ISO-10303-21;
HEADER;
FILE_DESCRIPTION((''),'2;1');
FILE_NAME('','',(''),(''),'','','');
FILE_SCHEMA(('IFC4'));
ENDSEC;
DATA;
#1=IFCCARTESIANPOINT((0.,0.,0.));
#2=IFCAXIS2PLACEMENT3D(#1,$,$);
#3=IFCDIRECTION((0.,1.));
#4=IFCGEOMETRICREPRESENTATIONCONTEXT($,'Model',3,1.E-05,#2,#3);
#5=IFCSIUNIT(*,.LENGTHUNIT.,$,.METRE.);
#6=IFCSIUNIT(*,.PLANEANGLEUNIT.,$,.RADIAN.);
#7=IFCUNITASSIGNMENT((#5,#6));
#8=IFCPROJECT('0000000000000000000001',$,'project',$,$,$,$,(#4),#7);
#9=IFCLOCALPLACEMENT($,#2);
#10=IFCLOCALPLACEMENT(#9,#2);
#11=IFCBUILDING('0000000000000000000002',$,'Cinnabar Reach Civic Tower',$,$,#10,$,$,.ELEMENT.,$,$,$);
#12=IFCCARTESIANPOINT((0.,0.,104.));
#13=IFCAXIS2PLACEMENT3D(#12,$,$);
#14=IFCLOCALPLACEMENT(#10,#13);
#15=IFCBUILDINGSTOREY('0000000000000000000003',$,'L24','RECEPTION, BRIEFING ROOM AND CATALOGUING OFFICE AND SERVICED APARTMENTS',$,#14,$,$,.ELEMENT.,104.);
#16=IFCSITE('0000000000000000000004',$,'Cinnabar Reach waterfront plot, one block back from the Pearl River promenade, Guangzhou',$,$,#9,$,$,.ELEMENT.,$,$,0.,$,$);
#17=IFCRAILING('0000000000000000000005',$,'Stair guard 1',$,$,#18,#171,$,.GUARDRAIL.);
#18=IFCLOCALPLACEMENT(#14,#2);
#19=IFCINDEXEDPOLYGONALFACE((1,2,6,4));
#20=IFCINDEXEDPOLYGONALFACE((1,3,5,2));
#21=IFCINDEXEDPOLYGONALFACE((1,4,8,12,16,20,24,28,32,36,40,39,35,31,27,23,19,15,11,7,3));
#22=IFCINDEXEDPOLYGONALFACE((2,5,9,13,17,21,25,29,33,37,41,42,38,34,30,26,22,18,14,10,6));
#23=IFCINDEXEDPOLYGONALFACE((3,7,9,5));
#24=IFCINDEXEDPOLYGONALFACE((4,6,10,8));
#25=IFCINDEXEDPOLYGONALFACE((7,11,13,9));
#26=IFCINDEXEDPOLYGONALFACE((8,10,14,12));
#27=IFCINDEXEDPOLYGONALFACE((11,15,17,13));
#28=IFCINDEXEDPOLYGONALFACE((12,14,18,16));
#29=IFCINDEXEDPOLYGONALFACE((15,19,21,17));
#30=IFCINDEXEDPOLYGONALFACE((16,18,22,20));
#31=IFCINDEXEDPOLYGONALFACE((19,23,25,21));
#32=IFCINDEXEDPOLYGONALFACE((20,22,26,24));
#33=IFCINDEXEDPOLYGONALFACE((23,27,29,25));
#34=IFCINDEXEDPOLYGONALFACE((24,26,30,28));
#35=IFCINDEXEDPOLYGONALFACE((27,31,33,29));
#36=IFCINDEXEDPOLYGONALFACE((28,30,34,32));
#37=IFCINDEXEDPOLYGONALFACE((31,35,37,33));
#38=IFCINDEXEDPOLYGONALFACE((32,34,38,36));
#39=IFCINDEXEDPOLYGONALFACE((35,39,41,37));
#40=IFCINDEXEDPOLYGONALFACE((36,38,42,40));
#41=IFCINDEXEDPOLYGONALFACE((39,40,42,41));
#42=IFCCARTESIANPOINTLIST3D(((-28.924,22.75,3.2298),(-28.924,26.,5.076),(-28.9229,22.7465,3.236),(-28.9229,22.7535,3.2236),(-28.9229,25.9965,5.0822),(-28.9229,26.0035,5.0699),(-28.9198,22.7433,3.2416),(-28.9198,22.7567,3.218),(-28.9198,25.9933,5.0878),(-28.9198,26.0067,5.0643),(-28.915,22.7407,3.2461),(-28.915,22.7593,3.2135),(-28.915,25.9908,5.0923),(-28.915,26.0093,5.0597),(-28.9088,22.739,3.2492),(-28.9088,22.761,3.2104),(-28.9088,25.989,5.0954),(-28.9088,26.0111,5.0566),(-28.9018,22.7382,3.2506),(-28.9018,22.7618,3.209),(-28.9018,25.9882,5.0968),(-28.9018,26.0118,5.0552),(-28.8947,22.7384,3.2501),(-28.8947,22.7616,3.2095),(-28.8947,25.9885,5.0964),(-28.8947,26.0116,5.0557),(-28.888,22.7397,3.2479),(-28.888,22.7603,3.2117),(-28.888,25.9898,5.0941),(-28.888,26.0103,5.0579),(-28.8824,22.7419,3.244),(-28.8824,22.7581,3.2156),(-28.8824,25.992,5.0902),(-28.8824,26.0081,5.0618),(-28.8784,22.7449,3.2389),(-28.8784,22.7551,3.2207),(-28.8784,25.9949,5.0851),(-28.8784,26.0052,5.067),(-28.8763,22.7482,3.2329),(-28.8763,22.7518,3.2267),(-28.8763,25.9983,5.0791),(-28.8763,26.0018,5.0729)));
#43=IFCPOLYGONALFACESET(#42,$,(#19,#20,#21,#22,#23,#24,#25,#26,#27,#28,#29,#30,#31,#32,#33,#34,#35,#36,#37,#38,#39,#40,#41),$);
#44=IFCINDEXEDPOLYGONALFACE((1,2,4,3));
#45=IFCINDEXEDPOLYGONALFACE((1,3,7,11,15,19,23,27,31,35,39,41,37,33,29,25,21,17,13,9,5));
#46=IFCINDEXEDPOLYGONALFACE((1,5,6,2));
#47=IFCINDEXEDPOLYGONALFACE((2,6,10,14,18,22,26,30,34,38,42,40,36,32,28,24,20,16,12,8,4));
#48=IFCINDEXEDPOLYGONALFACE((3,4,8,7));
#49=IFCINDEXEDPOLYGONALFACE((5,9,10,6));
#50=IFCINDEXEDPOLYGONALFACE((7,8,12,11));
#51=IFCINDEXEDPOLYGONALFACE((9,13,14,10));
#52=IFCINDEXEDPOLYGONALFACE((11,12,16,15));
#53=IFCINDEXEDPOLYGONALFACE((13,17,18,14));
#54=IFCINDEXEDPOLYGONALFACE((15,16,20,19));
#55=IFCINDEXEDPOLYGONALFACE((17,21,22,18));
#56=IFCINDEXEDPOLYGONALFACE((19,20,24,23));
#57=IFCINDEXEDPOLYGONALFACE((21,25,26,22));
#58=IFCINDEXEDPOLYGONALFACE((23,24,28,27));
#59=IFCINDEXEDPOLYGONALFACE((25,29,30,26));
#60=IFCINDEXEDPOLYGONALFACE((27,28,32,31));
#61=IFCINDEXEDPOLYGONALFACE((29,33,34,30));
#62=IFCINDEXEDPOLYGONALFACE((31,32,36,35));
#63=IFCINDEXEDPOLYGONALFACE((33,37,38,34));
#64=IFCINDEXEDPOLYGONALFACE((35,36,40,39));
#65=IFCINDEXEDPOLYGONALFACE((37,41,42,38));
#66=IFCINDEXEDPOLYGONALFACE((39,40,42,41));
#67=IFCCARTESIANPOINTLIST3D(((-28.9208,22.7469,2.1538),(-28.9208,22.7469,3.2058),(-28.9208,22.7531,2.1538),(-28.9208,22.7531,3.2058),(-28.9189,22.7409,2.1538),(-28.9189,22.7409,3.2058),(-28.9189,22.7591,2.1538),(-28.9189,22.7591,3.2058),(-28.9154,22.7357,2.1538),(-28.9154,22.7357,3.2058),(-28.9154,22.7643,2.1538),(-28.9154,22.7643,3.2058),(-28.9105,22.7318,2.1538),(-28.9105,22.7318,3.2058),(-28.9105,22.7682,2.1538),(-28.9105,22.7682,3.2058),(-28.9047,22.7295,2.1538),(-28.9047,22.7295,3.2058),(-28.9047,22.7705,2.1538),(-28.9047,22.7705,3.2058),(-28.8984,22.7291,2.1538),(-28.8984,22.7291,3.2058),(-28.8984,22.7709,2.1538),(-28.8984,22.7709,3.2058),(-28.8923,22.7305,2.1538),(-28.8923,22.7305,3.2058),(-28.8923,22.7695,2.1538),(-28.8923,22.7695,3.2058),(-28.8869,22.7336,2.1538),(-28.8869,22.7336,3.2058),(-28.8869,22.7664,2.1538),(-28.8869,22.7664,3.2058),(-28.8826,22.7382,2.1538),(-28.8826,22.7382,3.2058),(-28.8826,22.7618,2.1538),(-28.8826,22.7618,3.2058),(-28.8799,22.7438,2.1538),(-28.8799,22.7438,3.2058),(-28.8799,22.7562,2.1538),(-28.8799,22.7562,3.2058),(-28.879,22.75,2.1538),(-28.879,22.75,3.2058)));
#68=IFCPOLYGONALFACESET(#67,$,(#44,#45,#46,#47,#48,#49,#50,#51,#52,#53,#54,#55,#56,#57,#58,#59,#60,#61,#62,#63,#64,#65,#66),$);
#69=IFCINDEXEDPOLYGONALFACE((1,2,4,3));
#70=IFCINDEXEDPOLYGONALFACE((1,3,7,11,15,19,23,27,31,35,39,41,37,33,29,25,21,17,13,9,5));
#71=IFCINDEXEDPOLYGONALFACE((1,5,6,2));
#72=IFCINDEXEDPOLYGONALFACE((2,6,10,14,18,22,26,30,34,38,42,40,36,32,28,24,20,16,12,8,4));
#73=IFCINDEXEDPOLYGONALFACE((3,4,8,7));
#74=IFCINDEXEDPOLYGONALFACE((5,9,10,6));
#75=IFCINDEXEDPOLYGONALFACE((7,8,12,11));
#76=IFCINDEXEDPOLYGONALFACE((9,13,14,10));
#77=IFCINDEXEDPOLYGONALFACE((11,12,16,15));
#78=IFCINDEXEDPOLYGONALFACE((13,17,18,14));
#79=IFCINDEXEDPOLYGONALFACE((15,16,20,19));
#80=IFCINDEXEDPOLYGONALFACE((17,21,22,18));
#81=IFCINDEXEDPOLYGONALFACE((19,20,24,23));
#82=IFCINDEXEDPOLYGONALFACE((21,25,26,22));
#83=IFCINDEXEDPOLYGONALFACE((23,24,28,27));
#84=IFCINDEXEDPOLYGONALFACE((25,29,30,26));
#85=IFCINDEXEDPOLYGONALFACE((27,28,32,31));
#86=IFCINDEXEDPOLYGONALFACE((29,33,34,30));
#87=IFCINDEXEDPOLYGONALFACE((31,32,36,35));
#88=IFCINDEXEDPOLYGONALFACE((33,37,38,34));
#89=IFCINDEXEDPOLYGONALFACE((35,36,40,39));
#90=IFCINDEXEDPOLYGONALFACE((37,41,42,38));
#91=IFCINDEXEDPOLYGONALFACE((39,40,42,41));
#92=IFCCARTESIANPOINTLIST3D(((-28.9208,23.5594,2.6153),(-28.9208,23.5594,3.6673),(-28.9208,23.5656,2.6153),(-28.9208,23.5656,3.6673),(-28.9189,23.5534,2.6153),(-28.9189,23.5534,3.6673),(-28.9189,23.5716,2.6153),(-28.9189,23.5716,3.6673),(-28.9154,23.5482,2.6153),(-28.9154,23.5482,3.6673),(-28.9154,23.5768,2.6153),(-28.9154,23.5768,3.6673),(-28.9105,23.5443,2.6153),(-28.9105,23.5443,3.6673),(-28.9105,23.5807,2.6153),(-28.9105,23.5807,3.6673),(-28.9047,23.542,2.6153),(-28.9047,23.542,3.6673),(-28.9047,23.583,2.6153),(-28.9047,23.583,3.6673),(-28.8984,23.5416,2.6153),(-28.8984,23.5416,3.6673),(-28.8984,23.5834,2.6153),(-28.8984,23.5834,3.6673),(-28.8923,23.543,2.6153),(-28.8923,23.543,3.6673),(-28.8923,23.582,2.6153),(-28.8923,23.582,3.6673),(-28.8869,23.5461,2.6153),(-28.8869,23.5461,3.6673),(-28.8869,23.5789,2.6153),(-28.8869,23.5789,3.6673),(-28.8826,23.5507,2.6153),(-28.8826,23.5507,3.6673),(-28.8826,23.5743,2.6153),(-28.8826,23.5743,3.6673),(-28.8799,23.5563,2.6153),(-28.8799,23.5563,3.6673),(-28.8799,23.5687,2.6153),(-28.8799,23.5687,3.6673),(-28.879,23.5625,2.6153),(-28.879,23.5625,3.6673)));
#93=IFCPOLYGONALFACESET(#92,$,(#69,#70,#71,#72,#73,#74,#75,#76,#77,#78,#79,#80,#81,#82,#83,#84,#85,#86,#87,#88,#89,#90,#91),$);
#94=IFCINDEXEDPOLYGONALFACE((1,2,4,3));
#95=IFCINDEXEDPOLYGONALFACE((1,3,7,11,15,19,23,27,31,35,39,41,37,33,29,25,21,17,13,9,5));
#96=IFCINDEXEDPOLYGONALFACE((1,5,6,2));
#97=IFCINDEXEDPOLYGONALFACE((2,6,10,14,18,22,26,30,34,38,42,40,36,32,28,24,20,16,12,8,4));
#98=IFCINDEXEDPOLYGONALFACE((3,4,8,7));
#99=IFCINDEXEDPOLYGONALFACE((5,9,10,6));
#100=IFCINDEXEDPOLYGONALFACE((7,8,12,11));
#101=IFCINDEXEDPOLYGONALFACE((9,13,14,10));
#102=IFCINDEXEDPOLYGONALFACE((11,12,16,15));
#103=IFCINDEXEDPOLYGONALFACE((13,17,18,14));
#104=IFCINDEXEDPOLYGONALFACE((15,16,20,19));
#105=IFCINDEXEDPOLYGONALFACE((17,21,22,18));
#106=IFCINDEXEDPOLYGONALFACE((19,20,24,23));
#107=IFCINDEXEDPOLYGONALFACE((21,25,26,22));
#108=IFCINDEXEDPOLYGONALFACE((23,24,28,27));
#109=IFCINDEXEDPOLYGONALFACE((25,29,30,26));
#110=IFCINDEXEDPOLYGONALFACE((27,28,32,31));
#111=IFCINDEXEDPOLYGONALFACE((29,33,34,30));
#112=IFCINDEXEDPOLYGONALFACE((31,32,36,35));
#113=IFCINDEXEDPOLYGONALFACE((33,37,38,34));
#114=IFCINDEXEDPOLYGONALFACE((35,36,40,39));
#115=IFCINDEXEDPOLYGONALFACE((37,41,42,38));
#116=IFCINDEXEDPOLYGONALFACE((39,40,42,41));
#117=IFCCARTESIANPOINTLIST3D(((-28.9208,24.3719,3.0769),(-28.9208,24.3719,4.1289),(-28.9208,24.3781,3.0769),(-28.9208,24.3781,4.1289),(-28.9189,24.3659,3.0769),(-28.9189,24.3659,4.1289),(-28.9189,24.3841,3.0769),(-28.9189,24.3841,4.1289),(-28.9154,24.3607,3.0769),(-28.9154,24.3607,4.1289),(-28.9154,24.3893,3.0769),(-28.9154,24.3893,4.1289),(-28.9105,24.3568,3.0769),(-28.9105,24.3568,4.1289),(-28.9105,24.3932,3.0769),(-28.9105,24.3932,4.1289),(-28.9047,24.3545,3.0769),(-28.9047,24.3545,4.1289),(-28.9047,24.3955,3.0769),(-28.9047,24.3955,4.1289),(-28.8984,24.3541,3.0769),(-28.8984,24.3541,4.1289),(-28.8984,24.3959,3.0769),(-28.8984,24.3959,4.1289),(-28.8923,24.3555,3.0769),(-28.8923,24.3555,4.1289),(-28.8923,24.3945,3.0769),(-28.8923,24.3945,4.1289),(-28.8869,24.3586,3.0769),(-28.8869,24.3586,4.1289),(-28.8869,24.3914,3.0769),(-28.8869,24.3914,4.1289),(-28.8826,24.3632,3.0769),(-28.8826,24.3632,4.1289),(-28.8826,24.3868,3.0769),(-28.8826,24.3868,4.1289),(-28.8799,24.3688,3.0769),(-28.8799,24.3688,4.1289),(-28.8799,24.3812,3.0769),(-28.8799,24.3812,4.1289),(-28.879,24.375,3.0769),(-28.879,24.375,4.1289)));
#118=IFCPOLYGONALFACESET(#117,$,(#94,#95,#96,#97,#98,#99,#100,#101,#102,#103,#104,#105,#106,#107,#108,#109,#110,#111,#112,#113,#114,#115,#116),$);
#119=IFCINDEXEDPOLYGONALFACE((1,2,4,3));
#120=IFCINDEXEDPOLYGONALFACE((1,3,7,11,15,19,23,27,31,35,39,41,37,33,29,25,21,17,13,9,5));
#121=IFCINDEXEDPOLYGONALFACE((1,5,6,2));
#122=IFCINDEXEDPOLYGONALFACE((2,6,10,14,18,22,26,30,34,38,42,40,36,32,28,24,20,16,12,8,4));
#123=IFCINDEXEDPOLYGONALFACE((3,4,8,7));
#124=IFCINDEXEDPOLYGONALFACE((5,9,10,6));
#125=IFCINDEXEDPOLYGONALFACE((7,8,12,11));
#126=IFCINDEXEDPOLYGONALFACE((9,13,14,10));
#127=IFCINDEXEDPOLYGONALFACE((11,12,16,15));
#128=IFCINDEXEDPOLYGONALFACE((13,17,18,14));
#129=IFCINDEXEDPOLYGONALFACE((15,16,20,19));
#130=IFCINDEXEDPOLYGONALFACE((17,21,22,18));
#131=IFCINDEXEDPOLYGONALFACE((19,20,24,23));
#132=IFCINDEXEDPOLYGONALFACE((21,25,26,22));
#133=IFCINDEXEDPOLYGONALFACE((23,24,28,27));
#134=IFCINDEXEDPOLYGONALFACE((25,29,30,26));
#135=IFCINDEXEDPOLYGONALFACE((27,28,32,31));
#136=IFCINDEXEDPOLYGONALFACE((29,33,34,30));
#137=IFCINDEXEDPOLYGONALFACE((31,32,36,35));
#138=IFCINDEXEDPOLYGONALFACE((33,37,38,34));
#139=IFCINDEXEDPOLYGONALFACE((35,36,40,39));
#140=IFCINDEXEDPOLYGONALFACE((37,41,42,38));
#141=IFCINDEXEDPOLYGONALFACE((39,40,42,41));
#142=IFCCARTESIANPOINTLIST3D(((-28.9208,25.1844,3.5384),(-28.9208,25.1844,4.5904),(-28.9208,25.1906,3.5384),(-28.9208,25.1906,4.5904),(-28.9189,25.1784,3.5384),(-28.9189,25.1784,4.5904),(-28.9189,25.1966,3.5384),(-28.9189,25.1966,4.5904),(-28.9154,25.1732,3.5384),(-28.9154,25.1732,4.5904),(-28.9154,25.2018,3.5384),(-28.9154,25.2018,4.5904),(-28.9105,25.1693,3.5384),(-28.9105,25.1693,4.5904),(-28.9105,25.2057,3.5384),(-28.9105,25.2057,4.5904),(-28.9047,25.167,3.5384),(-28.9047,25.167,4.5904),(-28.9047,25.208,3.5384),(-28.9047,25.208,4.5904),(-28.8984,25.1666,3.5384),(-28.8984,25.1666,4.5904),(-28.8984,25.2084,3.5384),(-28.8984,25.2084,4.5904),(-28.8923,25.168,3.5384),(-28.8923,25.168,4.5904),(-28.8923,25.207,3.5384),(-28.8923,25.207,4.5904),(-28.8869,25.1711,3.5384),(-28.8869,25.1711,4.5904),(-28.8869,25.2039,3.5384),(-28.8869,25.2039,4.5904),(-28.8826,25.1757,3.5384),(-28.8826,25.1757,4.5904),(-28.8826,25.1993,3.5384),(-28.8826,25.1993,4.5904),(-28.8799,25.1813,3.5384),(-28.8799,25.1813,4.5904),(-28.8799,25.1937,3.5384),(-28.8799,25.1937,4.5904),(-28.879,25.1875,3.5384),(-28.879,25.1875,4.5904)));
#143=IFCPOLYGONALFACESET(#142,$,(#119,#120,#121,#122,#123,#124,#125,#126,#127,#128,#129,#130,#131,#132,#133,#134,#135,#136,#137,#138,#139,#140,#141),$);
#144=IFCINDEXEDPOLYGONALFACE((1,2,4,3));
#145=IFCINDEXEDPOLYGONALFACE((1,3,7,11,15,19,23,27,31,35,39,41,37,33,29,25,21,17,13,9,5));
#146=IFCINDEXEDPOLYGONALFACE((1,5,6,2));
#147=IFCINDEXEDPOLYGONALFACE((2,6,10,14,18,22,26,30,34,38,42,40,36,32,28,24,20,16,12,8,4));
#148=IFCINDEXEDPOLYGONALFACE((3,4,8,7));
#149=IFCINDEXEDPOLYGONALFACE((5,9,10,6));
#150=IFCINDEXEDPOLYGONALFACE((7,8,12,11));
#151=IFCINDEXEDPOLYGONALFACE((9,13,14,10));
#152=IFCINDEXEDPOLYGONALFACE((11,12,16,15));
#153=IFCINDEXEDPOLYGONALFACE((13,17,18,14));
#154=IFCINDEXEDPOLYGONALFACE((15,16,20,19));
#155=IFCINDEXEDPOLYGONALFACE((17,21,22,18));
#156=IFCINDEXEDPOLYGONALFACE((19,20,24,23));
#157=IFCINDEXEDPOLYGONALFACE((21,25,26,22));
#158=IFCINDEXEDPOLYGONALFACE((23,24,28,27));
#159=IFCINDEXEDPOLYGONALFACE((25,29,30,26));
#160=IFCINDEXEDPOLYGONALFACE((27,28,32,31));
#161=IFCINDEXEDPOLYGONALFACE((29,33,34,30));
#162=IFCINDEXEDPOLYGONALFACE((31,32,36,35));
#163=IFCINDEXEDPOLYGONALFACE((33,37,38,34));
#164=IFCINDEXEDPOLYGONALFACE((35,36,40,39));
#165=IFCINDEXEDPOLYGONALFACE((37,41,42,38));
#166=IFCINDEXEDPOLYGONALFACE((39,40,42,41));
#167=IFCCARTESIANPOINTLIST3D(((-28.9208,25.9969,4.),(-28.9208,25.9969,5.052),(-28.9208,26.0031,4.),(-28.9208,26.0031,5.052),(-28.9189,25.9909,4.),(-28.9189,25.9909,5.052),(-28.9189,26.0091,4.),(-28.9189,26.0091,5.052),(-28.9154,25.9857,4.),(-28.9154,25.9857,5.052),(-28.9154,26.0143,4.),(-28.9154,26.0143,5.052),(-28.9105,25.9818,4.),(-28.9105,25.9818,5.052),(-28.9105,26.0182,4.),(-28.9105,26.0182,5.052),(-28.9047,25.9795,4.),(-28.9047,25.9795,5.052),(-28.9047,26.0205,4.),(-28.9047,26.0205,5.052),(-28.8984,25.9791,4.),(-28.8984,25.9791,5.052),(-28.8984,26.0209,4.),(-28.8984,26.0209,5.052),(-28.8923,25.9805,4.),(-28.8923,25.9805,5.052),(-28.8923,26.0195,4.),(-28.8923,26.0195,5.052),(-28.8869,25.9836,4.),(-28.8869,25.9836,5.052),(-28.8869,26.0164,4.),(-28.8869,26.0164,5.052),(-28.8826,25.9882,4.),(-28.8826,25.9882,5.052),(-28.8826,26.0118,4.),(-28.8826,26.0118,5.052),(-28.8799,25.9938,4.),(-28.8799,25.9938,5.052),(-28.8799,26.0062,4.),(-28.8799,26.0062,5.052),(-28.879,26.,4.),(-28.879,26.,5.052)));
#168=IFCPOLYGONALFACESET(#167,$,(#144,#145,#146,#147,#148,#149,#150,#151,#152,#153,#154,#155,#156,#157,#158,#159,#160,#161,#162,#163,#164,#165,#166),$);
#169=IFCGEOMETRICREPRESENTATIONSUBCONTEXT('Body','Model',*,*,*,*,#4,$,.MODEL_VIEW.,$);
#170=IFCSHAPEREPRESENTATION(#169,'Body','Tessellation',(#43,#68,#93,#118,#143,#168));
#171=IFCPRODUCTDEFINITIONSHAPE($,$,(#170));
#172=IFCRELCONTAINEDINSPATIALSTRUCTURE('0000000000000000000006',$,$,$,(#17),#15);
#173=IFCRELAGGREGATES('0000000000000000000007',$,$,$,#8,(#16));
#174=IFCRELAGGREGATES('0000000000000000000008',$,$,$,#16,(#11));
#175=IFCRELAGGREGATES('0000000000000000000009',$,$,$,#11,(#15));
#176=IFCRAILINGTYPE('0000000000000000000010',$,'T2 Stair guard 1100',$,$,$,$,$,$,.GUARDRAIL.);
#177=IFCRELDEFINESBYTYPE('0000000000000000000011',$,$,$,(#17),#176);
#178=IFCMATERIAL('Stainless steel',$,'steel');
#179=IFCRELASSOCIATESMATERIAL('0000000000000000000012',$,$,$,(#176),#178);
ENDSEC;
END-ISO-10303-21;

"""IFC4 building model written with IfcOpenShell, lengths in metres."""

from ifc_helpers import new_model, si_unit, direction, frame, origin, origin_2d, place, context, subcontext, project, spatial, circle, extrude, material, type_object, element, save


model = new_model("IFC4")

# Units and contexts
model_context = context("Model", 3, precision=1e-05, world=origin(), true_north=direction((0.0, 1.0)))
body_context = subcontext(model_context, "Body", "Model", "MODEL_VIEW")
ifc_project = project(units=[si_unit("LENGTHUNIT", "METRE"), si_unit("PLANEANGLEUNIT", "RADIAN")], contexts=[model_context])

# Site, building, storey
site_placement = place(None, origin())
site = spatial("IfcSite", under=ifc_project, at=site_placement, Name="Cinnabar Reach waterfront plot, one block back from the Pearl River promenade, Guangzhou", CompositionType="ELEMENT", RefElevation=0.0)
building_placement = place(site_placement, origin())
building = spatial("IfcBuilding", under=site, at=building_placement, Name="Cinnabar Reach Civic Tower", CompositionType="ELEMENT")
storey_placement = place(building_placement, frame((0.0, 0.0, 104.0)))
storey = spatial("IfcBuildingStorey", under=building, at=storey_placement, Name="L24", Description="RECEPTION, BRIEFING ROOM AND CATALOGUING OFFICE AND SERVICED APARTMENTS", CompositionType="ELEMENT", Elevation=104.0)

# Railing
ifc_material_1 = material(Name="Stainless steel", Category="steel")
railing_type = type_object("IfcRailingType", Name="T2 Stair guard 1100", PredefinedType="GUARDRAIL", material=ifc_material_1)
railing_1_placement = place(storey_placement, frame((-28.9, 22.75, 2.1538)))
element("IfcRailing", 1, at=railing_1_placement, inside=storey, type_object=railing_type, Name="Stair guard 1", PredefinedType="GUARDRAIL", context=body_context, shape_type="SweptSolid", body=[
    extrude(circle(Radius=0.024, at=origin_2d()), frame((0.0, 0.0, 1.076), z_axis=(0.0, 0.869501, 0.49393), x_axis=(-1.0, 0.0, 0.0)), (0.0, 0.0, 1.0), 3.7378),
    extrude(circle(Radius=0.021, at=origin_2d()), origin(), (0.0, 0.0, 1.0), 1.052),
    extrude(circle(Radius=0.021, at=origin_2d()), frame((0.0, 0.8125, 0.4615)), (0.0, 0.0, 1.0), 1.052),
    extrude(circle(Radius=0.021, at=origin_2d()), frame((0.0, 1.625, 0.9231)), (0.0, 0.0, 1.0), 1.052),
    extrude(circle(Radius=0.021, at=origin_2d()), frame((0.0, 2.4375, 1.3846)), (0.0, 0.0, 1.0), 1.052),
    extrude(circle(Radius=0.021, at=origin_2d()), frame((0.0, 3.25, 1.8462)), (0.0, 0.0, 1.0), 1.052),
])

save(model, "model.ifc")
